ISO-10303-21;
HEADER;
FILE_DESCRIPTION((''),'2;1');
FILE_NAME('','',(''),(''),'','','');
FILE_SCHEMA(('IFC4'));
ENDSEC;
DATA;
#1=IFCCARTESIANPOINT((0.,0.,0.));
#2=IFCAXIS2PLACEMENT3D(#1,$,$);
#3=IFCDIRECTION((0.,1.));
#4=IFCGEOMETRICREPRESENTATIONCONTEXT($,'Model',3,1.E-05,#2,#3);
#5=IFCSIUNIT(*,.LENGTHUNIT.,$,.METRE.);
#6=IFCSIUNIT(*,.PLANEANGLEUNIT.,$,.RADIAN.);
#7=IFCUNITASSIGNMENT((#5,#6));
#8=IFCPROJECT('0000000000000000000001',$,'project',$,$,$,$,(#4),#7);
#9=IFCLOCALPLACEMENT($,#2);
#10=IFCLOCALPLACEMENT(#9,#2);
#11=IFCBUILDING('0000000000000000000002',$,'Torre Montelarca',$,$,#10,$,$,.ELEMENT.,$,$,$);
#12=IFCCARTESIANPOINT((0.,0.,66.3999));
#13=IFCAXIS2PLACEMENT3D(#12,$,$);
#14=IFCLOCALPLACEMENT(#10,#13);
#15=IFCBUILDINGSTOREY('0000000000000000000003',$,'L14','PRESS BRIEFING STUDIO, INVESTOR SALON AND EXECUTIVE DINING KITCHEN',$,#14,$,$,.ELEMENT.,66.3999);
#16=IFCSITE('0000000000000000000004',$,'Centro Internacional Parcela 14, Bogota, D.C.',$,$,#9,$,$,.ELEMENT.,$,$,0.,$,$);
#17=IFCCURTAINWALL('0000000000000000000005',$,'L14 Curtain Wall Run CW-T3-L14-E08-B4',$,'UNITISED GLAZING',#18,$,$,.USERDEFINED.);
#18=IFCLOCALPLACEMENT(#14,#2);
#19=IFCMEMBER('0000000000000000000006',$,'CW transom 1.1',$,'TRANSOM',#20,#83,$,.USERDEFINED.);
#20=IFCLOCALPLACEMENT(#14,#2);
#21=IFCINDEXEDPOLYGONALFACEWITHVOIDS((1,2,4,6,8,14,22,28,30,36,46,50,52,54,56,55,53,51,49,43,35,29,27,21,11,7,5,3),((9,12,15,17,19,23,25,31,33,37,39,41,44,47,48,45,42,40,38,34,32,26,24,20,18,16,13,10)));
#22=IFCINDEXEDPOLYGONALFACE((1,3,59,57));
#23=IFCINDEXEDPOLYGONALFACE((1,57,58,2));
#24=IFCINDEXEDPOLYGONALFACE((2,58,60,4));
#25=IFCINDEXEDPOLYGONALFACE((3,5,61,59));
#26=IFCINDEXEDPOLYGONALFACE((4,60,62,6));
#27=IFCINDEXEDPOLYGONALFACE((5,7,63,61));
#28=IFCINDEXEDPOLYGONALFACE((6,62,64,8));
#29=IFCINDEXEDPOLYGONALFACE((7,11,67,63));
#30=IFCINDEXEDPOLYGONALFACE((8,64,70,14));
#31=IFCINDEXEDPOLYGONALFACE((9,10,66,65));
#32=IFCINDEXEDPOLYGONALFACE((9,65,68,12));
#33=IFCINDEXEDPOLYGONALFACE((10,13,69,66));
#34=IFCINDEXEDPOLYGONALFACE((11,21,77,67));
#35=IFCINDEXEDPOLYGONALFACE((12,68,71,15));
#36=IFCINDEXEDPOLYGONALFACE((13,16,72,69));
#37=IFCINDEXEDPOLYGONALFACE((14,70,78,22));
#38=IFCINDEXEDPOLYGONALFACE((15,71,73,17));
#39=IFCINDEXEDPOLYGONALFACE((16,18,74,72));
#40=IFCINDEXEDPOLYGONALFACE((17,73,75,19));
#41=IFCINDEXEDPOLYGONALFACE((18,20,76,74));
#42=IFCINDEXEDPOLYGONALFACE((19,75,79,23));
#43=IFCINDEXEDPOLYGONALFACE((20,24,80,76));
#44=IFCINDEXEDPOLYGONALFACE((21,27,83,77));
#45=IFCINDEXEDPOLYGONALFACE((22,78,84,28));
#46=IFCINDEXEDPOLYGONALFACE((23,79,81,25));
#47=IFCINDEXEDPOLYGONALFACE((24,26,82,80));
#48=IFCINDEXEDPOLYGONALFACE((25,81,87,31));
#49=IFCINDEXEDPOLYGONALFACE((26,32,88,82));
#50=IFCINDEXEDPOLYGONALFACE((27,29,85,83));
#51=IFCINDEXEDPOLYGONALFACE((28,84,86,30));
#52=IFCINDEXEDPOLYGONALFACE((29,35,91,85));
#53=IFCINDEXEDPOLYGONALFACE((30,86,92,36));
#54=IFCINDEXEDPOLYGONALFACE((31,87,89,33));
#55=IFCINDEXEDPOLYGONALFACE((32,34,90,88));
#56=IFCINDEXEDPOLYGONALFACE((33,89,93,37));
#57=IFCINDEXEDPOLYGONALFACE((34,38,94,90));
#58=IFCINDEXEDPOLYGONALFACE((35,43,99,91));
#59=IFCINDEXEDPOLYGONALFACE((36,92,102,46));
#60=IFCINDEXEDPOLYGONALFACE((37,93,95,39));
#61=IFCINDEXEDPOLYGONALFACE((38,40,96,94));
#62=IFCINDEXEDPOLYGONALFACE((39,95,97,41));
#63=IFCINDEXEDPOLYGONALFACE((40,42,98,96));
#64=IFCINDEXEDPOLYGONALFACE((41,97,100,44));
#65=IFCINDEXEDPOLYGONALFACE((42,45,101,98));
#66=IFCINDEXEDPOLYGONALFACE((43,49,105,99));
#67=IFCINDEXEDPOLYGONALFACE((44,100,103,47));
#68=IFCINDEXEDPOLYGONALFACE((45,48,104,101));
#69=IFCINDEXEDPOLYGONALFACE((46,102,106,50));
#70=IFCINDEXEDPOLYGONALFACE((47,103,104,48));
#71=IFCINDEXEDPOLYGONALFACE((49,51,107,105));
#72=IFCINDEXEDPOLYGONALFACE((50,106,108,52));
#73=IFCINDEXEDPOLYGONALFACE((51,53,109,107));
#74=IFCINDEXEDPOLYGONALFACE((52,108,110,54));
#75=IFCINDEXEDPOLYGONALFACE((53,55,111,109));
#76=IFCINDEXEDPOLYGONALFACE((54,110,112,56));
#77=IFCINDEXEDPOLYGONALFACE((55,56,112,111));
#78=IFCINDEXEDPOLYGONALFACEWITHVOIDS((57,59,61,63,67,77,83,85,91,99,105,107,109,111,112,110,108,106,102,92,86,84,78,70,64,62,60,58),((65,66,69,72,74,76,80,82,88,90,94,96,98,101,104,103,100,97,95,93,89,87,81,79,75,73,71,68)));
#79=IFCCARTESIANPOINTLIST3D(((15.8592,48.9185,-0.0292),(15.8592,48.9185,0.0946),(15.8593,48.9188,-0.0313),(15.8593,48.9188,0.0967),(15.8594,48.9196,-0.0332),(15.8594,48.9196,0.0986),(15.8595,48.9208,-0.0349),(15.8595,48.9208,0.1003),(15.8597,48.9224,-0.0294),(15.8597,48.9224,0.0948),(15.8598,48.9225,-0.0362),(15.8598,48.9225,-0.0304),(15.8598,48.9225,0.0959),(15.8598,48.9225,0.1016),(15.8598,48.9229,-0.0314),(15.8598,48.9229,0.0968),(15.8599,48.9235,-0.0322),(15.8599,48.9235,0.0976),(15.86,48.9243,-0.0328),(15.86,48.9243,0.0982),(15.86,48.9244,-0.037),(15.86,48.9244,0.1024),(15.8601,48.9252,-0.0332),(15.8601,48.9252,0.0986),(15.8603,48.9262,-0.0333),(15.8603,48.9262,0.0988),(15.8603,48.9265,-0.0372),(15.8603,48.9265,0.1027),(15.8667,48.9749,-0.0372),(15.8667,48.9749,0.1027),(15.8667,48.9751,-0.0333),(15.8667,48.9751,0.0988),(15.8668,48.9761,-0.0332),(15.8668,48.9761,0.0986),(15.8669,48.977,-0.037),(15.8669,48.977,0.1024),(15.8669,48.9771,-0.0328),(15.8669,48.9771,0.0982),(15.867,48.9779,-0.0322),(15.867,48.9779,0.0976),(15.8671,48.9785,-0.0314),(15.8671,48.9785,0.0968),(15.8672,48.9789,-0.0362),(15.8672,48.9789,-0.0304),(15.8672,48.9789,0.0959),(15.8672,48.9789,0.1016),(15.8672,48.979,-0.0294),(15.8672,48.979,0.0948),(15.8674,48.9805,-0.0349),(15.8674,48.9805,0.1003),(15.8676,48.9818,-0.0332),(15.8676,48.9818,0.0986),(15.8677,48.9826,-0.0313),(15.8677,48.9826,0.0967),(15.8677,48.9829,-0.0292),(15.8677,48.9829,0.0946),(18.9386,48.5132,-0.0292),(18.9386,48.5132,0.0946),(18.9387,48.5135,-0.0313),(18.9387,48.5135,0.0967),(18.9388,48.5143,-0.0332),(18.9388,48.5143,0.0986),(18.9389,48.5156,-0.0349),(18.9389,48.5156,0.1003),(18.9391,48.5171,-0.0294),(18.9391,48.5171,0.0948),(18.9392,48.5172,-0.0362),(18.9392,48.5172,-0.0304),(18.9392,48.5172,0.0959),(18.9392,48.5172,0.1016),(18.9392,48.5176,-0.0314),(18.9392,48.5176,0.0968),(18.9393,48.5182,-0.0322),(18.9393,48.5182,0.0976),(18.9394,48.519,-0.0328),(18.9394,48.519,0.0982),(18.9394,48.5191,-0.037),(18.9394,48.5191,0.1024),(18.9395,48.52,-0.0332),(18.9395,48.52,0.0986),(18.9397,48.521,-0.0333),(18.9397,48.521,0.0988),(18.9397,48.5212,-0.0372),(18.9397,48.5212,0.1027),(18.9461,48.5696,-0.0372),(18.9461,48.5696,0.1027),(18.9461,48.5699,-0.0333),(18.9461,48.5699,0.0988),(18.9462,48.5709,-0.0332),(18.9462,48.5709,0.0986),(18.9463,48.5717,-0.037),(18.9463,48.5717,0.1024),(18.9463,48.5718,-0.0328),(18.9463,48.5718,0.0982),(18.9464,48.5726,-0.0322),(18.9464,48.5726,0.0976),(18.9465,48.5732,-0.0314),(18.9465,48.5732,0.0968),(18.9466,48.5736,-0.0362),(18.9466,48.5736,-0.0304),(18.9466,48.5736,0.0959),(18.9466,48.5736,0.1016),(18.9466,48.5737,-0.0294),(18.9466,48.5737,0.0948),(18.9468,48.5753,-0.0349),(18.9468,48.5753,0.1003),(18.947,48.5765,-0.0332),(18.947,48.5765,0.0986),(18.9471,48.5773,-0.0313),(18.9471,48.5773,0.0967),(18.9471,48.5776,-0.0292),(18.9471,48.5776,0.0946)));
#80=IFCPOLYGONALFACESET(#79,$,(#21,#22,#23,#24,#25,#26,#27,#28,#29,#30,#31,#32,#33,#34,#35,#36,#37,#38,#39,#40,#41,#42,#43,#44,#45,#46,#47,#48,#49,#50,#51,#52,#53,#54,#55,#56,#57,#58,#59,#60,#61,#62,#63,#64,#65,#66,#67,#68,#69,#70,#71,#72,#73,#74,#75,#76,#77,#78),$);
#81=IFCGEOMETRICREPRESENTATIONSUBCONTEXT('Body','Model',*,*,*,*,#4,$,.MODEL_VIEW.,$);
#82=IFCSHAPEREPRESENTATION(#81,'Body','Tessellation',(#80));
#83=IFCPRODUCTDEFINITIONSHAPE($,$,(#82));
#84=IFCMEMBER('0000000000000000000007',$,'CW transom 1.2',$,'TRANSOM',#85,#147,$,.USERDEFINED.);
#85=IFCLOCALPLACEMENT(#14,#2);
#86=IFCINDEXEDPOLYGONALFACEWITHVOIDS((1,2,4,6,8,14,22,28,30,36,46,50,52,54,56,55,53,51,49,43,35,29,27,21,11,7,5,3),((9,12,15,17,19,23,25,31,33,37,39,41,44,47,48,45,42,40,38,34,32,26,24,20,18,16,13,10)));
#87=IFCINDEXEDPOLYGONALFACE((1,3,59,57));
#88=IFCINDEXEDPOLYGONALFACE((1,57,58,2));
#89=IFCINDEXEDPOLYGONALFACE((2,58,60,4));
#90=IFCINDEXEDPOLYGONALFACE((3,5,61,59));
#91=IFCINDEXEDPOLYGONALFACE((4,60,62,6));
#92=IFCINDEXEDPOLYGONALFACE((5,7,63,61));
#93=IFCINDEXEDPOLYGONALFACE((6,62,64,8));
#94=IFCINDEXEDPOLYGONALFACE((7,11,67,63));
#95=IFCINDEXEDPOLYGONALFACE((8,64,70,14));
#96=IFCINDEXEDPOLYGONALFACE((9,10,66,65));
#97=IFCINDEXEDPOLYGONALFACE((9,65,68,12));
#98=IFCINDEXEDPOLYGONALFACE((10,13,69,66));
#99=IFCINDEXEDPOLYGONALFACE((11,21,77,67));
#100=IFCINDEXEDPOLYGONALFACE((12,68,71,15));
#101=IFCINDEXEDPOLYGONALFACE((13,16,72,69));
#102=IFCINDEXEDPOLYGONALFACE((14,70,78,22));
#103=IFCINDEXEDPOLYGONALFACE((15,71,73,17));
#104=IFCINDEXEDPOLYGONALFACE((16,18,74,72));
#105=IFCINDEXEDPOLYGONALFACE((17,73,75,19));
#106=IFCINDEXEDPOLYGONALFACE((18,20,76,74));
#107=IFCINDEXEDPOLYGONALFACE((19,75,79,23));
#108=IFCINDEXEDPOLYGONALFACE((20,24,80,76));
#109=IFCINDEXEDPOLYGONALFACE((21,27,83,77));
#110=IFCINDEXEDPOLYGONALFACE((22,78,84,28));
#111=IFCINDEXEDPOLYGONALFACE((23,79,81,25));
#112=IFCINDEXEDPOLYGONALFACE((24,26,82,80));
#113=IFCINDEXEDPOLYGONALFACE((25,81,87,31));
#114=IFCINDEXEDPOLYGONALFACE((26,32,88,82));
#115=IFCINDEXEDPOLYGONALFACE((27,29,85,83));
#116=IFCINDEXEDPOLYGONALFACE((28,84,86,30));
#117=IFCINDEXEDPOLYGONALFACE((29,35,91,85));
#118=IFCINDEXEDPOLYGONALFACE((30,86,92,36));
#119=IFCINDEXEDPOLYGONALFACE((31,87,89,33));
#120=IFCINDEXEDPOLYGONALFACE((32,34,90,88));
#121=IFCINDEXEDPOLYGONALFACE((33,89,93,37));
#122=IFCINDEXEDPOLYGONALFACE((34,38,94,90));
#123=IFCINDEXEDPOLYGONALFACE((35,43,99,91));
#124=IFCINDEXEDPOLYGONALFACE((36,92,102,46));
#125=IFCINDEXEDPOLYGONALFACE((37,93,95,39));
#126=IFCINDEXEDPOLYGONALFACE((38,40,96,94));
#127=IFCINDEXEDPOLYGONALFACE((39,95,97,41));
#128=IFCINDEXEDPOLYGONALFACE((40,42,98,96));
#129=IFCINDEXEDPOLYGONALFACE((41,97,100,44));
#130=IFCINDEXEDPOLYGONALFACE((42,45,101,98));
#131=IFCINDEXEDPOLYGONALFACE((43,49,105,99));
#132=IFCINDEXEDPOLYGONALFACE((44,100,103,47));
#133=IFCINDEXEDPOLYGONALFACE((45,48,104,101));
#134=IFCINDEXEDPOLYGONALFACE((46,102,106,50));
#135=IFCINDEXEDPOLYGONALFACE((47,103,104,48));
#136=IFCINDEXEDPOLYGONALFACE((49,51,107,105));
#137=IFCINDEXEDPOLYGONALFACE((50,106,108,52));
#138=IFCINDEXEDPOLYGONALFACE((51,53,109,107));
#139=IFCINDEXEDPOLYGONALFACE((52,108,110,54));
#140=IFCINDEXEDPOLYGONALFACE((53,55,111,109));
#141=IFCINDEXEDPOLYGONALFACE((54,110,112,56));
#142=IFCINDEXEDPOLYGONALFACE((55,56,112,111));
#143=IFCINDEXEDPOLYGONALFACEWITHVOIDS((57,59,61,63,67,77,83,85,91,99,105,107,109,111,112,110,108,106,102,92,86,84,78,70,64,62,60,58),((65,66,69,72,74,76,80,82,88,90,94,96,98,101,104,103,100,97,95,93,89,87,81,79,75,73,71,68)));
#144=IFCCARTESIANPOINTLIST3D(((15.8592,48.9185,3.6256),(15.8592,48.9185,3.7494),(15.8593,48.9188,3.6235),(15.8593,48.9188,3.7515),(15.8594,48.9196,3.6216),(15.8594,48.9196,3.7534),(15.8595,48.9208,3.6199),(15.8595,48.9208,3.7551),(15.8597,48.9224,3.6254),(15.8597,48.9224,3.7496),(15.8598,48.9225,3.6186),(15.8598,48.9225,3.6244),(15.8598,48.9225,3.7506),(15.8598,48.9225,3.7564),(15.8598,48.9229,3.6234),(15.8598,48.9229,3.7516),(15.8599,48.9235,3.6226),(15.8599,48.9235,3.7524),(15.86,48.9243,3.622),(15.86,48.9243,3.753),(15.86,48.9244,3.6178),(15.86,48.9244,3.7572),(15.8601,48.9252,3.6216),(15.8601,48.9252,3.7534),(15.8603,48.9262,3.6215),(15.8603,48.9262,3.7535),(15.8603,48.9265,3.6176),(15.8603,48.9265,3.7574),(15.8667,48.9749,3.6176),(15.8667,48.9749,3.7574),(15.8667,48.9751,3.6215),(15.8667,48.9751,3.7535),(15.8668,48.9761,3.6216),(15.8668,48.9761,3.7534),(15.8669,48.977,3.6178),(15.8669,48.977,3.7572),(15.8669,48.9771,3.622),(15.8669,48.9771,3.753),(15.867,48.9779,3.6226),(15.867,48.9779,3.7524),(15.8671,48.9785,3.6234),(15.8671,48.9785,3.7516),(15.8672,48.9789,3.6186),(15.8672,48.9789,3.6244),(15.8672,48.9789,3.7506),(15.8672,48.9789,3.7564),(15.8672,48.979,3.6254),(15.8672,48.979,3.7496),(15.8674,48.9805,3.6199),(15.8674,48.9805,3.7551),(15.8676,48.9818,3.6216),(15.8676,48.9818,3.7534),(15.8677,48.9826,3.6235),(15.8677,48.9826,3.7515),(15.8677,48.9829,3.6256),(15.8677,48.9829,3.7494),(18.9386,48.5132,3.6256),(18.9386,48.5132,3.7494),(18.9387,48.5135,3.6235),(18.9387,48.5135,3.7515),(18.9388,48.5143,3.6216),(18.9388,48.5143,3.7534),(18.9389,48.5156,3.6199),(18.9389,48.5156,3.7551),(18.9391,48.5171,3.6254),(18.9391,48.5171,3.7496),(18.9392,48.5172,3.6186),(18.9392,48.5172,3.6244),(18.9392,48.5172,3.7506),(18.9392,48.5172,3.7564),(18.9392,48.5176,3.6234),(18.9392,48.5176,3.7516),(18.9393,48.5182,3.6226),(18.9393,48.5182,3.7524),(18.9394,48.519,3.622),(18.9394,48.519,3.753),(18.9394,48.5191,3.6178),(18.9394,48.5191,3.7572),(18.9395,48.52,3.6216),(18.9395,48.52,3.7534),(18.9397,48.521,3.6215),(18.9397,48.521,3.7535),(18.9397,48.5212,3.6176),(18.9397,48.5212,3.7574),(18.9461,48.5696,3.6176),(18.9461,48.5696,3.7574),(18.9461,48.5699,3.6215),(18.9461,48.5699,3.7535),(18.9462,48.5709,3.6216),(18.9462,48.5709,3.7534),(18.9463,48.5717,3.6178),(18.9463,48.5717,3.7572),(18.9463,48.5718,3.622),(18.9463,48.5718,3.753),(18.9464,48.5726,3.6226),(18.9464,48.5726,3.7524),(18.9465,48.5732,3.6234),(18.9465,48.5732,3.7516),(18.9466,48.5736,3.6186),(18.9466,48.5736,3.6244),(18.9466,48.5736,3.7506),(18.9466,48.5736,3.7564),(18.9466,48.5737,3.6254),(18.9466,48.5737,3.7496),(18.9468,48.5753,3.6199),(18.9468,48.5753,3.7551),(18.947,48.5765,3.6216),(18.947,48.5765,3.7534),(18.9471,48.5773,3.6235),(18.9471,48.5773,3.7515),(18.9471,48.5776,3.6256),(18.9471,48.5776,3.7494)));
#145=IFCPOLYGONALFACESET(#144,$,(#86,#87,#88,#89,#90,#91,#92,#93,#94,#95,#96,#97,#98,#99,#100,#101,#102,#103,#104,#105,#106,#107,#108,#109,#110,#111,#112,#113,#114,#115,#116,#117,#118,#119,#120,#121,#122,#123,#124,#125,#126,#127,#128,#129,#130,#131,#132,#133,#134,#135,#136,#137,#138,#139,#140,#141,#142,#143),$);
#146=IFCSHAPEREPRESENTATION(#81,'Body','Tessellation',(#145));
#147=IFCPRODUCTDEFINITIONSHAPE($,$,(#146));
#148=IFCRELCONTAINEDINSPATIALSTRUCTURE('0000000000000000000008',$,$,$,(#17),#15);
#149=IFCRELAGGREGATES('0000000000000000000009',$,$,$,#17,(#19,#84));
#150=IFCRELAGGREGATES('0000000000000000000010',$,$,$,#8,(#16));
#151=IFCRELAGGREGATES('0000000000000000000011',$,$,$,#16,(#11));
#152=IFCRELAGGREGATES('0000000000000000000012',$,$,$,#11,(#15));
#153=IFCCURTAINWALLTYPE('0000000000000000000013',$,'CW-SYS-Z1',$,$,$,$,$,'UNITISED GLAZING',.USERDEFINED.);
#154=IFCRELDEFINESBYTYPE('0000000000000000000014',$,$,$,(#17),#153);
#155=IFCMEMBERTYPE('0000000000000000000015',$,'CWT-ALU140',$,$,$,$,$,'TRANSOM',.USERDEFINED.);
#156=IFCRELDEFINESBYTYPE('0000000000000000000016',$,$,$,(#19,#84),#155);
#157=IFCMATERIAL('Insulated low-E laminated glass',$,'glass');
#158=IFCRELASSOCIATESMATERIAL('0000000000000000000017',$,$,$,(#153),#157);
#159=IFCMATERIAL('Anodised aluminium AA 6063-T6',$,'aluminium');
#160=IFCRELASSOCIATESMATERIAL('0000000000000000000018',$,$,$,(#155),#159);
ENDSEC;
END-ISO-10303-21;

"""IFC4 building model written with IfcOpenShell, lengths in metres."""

from ifc_helpers import new_model, si_unit, direction, frame, origin, origin_2d, place, context, subcontext, project, spatial, hollow_rectangle, extrude, source, transform, mapped, material, material_profile, profile_set, type_object, element, aggregate, save


model = new_model("IFC4")

# Units and contexts
model_context = context("Model", 3, precision=1e-05, world=origin(), true_north=direction((0.0, 1.0)))
body_context = subcontext(model_context, "Body", "Model", "MODEL_VIEW")
ifc_project = project(units=[si_unit("LENGTHUNIT", "METRE"), si_unit("PLANEANGLEUNIT", "RADIAN")], contexts=[model_context])

# Site, building, storey
site_placement = place(None, origin())
site = spatial("IfcSite", under=ifc_project, at=site_placement, Name="Centro Internacional Parcela 14, Bogota, D.C.", CompositionType="ELEMENT", RefElevation=0.0)
building_placement = place(site_placement, origin())
building = spatial("IfcBuilding", under=site, at=building_placement, Name="Torre Montelarca", CompositionType="ELEMENT")
storey_placement = place(building_placement, frame((0.0, 0.0, 66.3999)))
storey = spatial("IfcBuildingStorey", under=building, at=storey_placement, Name="L14", Description="PRESS BRIEFING STUDIO, INVESTOR SALON AND EXECUTIVE DINING KITCHEN", CompositionType="ELEMENT", Elevation=66.3999)

# Curtain wall, members
ifc_material_1 = material(Name="Insulated low-E laminated glass", Category="glass")
curtain_wall_type = type_object("IfcCurtainWallType", Name="CW-SYS-Z1", ElementType="UNITISED GLAZING", PredefinedType="USERDEFINED", material=ifc_material_1)
ifc_material_2 = material(Name="Anodised aluminium AA 6063-T6", Category="aluminium")
ifc_material_profile_1 = material_profile(ifc_material_2, hollow_rectangle(XDim=0.0649, YDim=0.1399, WallThickness=0.0039, InnerFilletRadius=0.0039, OuterFilletRadius=0.0081, at=origin_2d()), Name="ALU65X140X4", Category="aluminium")
ifc_profile_set_1 = profile_set([ifc_material_profile_1], Name="Anodised aluminium AA 6063-T6")
member_type_1 = type_object("IfcMemberType", Name="CWT-ALU140", ElementType="TRANSOM", PredefinedType="USERDEFINED", material=ifc_profile_set_1)
curtain_wall_1_placement = place(storey_placement, origin())
curtain_wall_1 = element("IfcCurtainWall", 1, at=curtain_wall_1_placement, inside=storey, type_object=curtain_wall_type, Name="L14 Curtain Wall Run CW-T3-L14-E08-B4", ObjectType="UNITISED GLAZING", PredefinedType="USERDEFINED")
shared_shape_1 = source(origin(), body_context, "Body", "SweptSolid", [
    extrude(hollow_rectangle(XDim=0.0649, YDim=0.1399, WallThickness=0.0039, InnerFilletRadius=0.0039, OuterFilletRadius=0.0081, at=origin_2d()), origin(), (0.0, 0.0, 1.0), 3.106),
])
member_1_placement = place(storey_placement, frame((18.9429, 48.5454, 0.0327), z_axis=(-0.99145, 0.130485, 0.0), x_axis=(-0.130485, -0.99145, 0.0)))
member_1 = element("IfcMember", 2, at=member_1_placement, type_object=member_type_1, Name="CW transom 1.1", ObjectType="TRANSOM", PredefinedType="USERDEFINED", context=body_context, shape_type="MappedRepresentation", body=[
    mapped(shared_shape_1, transform((0.0, 0.0, 0.0), scale=1.0)),
])
member_2_placement = place(storey_placement, frame((18.9429, 48.5454, 3.6875), z_axis=(-0.99145, 0.130485, 0.0), x_axis=(-0.130485, -0.99145, 0.0)))
member_2 = element("IfcMember", 3, at=member_2_placement, type_object=member_type_1, Name="CW transom 1.2", ObjectType="TRANSOM", PredefinedType="USERDEFINED", context=body_context, shape_type="MappedRepresentation", body=[
    mapped(shared_shape_1, transform((0.0, 0.0, 0.0), scale=1.0)),
])

aggregate(curtain_wall_1, [member_1, member_2])

save(model, "model.ifc")
